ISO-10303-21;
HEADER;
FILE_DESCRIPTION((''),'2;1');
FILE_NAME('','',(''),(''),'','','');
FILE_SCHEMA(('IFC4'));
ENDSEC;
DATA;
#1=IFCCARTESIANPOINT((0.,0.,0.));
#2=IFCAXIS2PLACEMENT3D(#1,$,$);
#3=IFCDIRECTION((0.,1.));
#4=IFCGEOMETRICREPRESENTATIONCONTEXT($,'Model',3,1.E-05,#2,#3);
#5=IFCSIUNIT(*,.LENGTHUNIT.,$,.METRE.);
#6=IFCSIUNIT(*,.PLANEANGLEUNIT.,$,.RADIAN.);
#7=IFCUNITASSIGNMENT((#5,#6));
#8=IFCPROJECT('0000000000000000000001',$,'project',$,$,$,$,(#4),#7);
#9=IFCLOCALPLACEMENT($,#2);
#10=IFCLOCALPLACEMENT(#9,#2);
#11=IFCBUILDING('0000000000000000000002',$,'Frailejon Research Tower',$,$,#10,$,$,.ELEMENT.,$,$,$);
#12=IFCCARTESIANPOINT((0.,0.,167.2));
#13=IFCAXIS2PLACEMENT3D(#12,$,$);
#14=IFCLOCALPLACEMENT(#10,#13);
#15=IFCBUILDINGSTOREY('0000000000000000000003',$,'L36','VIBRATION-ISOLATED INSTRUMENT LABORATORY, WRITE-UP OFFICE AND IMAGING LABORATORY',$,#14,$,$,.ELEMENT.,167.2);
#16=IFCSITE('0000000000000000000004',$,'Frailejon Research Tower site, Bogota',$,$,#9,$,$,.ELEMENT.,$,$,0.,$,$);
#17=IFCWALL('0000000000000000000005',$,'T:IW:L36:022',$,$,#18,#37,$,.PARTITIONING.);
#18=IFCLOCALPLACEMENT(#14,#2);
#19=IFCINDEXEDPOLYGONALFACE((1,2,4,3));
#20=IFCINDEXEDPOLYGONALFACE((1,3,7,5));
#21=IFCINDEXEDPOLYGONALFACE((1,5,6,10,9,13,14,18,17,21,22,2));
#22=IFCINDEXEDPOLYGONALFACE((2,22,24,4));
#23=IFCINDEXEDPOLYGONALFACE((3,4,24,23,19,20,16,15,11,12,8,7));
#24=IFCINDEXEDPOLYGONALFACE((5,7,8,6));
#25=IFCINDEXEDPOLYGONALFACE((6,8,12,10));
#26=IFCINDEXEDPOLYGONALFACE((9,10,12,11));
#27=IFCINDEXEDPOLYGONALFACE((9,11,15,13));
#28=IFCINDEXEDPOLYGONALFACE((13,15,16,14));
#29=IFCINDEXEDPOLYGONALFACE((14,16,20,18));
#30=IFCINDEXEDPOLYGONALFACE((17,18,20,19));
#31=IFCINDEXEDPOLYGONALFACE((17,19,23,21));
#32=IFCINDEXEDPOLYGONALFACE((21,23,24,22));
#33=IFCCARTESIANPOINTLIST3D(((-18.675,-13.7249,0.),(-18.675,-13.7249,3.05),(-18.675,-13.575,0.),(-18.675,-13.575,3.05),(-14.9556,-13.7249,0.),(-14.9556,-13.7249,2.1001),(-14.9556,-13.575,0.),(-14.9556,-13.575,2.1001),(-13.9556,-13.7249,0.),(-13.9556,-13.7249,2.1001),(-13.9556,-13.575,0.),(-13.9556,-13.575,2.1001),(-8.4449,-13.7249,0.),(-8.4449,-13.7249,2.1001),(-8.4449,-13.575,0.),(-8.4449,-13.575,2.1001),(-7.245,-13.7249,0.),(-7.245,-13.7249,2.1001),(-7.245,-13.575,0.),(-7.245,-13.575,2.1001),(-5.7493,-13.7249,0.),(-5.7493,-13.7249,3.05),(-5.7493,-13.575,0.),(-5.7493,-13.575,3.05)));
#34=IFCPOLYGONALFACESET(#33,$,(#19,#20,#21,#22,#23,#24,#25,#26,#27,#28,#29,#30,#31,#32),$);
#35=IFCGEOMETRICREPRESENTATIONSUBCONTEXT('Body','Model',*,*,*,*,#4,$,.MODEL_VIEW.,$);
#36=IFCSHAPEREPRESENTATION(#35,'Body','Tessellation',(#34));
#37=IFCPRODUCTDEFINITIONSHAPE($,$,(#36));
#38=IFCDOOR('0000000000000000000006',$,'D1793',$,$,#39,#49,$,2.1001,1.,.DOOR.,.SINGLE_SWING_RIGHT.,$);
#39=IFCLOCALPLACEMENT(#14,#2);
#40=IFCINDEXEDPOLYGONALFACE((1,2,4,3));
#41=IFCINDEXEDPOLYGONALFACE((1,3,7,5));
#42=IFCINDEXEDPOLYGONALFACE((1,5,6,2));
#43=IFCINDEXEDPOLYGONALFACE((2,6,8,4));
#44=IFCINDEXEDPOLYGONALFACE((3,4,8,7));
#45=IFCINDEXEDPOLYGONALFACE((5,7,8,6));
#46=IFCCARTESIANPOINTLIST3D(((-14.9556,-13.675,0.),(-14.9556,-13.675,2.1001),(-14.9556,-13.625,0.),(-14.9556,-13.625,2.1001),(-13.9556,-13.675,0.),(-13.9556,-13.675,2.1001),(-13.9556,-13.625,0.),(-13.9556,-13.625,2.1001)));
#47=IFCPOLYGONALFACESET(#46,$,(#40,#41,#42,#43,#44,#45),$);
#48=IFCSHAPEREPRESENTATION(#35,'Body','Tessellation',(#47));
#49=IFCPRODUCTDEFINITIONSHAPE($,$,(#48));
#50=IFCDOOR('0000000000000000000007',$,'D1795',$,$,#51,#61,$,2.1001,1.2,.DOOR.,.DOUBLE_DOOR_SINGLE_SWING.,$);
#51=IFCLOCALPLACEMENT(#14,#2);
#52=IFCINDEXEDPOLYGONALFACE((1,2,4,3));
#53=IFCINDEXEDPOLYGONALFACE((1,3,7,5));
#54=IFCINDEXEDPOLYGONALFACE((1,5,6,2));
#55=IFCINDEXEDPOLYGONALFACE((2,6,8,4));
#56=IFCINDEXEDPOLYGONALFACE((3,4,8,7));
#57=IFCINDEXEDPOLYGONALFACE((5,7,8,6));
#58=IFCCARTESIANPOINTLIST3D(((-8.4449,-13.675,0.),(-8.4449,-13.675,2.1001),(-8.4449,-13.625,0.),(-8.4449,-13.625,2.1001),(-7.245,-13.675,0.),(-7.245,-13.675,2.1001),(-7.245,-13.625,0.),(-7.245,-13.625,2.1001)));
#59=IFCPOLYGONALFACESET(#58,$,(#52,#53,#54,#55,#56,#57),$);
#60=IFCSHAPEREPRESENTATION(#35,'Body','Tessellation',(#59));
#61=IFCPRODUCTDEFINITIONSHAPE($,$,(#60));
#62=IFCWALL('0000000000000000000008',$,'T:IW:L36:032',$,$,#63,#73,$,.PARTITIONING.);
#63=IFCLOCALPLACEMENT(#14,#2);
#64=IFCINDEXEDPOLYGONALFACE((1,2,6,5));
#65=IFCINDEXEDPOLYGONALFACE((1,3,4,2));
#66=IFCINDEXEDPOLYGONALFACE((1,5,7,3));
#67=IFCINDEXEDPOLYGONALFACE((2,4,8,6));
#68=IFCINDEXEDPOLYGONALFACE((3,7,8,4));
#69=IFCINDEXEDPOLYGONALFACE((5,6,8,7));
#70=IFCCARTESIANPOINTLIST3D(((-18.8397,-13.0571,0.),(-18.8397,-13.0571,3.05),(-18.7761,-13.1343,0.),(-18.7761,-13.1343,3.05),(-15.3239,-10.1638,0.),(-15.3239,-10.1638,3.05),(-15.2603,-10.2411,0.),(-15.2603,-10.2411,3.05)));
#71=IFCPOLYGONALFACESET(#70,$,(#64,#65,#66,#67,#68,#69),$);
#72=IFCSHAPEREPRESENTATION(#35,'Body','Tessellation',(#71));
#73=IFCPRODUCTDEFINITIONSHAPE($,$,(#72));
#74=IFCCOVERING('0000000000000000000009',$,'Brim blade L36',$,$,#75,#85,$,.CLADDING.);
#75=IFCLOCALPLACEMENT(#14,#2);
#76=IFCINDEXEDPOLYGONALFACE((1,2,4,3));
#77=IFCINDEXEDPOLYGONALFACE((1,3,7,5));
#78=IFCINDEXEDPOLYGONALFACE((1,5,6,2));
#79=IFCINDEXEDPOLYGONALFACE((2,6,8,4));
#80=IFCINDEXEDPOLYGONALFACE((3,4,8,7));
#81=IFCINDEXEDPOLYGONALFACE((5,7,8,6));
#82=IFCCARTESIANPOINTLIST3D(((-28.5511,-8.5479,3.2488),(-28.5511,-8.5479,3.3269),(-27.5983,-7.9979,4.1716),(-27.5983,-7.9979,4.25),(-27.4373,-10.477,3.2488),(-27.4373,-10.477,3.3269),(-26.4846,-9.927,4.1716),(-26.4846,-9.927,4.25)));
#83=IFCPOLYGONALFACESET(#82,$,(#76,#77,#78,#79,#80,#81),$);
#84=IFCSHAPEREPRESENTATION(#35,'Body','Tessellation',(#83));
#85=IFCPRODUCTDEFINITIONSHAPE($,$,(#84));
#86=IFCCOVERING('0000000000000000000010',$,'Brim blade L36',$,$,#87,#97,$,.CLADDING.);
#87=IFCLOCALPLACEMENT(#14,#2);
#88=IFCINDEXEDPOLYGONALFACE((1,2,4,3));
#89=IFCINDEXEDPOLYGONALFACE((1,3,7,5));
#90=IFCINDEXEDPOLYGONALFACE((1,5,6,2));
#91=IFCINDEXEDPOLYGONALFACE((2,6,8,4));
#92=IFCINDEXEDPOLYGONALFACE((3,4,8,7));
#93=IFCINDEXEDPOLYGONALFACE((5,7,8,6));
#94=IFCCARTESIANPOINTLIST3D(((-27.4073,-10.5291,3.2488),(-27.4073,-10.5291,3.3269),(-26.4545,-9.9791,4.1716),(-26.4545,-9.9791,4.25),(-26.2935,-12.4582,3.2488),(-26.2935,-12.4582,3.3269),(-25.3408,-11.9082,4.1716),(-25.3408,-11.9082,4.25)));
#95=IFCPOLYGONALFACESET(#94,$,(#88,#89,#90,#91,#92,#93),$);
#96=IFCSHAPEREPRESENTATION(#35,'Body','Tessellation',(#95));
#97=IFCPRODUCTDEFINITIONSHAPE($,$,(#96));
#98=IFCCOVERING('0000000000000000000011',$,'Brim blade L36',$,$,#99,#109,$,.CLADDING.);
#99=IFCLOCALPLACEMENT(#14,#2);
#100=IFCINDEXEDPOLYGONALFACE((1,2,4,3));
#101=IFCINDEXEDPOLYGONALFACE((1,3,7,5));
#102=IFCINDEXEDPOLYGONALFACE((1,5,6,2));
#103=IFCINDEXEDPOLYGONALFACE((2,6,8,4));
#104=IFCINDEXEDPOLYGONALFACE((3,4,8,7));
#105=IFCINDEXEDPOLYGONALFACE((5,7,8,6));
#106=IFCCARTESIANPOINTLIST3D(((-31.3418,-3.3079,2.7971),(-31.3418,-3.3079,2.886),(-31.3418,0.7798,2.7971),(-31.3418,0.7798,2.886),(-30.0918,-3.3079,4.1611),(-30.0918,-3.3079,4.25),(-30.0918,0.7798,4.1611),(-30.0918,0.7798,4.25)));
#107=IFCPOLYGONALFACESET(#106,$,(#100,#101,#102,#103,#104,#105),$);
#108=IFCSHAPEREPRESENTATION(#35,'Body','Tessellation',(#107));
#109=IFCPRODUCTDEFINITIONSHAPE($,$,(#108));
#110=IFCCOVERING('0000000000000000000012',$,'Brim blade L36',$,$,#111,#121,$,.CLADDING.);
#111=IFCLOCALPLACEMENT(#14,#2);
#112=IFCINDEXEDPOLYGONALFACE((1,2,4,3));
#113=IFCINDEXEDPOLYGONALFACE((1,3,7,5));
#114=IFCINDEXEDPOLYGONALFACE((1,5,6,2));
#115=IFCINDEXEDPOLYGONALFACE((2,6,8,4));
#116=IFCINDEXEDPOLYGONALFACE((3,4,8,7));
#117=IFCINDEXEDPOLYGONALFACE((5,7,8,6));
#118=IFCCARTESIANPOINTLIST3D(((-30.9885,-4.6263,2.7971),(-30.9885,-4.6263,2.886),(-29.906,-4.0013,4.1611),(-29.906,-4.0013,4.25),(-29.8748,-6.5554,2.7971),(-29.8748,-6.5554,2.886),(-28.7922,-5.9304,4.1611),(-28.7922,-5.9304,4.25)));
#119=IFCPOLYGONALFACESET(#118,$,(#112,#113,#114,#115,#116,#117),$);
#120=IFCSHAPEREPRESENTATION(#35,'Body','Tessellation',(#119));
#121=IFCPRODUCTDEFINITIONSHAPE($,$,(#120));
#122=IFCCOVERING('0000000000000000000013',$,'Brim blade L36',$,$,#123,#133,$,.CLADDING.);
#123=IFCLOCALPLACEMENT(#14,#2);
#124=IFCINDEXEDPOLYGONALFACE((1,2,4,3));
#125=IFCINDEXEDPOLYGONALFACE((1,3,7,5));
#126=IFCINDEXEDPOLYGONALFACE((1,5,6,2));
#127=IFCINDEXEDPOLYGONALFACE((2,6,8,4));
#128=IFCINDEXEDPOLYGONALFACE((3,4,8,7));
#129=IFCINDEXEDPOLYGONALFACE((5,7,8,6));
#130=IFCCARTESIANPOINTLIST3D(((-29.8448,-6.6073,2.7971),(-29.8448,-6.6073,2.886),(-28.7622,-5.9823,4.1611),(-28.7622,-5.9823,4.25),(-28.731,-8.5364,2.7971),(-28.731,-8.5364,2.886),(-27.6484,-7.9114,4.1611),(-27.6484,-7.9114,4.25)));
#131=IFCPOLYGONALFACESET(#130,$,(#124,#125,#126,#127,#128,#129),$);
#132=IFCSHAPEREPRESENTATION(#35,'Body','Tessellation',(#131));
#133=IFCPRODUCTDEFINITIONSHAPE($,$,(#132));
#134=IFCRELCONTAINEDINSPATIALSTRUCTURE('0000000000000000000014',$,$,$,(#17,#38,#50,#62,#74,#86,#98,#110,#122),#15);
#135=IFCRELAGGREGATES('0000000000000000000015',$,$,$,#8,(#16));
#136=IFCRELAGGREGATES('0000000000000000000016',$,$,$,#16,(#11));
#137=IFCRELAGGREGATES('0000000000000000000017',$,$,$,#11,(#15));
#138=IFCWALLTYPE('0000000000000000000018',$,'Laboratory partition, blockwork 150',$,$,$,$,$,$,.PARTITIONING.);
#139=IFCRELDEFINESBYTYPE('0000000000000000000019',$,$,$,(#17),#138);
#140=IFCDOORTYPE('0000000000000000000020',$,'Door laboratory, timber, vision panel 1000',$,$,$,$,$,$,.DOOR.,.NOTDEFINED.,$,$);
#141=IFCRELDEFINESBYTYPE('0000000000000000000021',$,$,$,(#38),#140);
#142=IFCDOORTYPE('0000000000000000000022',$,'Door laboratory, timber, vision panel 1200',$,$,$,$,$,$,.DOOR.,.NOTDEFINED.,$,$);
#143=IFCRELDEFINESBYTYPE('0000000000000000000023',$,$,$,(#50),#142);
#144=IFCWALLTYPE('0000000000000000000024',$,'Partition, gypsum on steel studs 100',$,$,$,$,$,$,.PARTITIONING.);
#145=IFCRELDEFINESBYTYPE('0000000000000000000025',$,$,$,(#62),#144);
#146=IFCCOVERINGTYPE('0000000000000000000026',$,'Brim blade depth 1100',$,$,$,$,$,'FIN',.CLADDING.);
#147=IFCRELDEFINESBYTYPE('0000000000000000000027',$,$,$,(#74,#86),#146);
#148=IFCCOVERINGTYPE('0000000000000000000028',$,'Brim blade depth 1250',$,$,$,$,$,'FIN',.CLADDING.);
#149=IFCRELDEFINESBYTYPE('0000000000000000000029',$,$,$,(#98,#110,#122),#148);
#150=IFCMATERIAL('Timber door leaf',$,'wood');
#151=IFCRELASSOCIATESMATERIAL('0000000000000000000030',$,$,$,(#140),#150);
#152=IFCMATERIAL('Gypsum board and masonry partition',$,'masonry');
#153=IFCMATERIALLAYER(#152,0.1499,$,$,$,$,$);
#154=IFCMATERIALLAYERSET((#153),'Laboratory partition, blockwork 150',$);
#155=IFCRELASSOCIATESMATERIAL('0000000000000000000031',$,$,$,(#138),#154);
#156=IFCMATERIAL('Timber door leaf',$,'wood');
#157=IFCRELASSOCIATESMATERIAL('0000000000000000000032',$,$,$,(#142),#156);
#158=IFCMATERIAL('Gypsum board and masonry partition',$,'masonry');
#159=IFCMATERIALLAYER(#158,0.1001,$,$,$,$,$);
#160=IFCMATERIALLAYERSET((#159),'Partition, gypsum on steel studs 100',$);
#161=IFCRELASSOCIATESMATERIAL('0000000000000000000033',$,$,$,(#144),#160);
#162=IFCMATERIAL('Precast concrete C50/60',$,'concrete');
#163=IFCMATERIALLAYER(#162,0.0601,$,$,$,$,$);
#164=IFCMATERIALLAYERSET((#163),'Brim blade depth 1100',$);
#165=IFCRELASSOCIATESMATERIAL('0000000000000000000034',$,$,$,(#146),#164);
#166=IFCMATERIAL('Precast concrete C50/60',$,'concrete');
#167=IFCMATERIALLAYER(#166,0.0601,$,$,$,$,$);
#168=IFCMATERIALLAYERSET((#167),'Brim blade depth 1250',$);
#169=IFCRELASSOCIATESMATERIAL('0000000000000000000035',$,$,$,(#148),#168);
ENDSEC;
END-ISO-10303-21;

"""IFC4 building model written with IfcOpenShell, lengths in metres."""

from ifc_helpers import new_model, si_unit, direction, frame, frame_2d, origin, place, context, subcontext, project, spatial, polyline, rectangle, outline, extrude, material, layer, layer_set, type_object, element, fill, save


model = new_model("IFC4")

# Units and contexts
model_context = context("Model", 3, precision=1e-05, world=origin(), true_north=direction((0.0, 1.0)))
body_context = subcontext(model_context, "Body", "Model", "MODEL_VIEW")
ifc_project = project(units=[si_unit("LENGTHUNIT", "METRE"), si_unit("PLANEANGLEUNIT", "RADIAN")], contexts=[model_context])

# Site, building, storey
site_placement = place(None, origin())
site = spatial("IfcSite", under=ifc_project, at=site_placement, Name="Frailejon Research Tower site, Bogota", CompositionType="ELEMENT", RefElevation=0.0)
building_placement = place(site_placement, origin())
building = spatial("IfcBuilding", under=site, at=building_placement, Name="Frailejon Research Tower", CompositionType="ELEMENT")
storey_placement = place(building_placement, frame((0.0, 0.0, 167.2)))
storey = spatial("IfcBuildingStorey", under=building, at=storey_placement, Name="L36", Description="VIBRATION-ISOLATED INSTRUMENT LABORATORY, WRITE-UP OFFICE AND IMAGING LABORATORY", CompositionType="ELEMENT", Elevation=167.2)

# Shared definitions
ifc_material_1 = material(Name="Timber door leaf", Category="wood")
door_type_1 = type_object("IfcDoorType", Name="Door laboratory, timber, vision panel 1000", OperationType="NOTDEFINED", PredefinedType="DOOR", material=ifc_material_1)

# Wall, openings, doors
ifc_material_2 = material(Name="Gypsum board and masonry partition", Category="masonry")
ifc_layer_1 = layer(ifc_material_2, 0.1499)
ifc_layer_set_1 = layer_set([ifc_layer_1], Name="Laboratory partition, blockwork 150")
wall_type_1 = type_object("IfcWallType", Name="Laboratory partition, blockwork 150", PredefinedType="PARTITIONING", material=ifc_layer_set_1)
wall_1_placement = place(storey_placement, frame((-18.675, -13.6499, 0.0), z_axis=(0.0, 0.0, 1.0), x_axis=(1.0, 0.0, 0.0)))
wall_1 = element("IfcWall", 1, at=wall_1_placement, inside=storey, type_object=wall_type_1, Name="T:IW:L36:022", PredefinedType="PARTITIONING", context=body_context, shape_type="SweptSolid", body=[
    extrude(rectangle(XDim=12.9258, YDim=0.1499, at=frame_2d((6.4629, 0.0))), origin(), (0.0, 0.0, 1.0), 3.05),
])
opening_1_placement = place(wall_1_placement, frame((3.7195, 0.0, 0.0)))
opening_1 = element("IfcOpeningElement", 2, at=opening_1_placement, cuts=wall_1, PredefinedType="OPENING", context=body_context, shape_type="SweptSolid", body=[
    extrude(rectangle(XDim=1.0, YDim=2.1001, at=frame_2d((0.5, 1.05))), frame((0.0, 0.085, 0.0), z_axis=(0.0, -1.0, 0.0), x_axis=(1.0, 0.0, 0.0)), (0.0, 0.0, 1.0), 0.1699),
])
opening_2_placement = place(wall_1_placement, frame((10.23, 0.0, 0.0)))
opening_2 = element("IfcOpeningElement", 3, at=opening_2_placement, cuts=wall_1, PredefinedType="OPENING", context=body_context, shape_type="SweptSolid", body=[
    extrude(rectangle(XDim=1.2, YDim=2.1001, at=frame_2d((0.6001, 1.05))), frame((0.0, 0.085, 0.0), z_axis=(0.0, -1.0, 0.0), x_axis=(1.0, 0.0, 0.0)), (0.0, 0.0, 1.0), 0.1699),
])
door_1_placement = place(opening_1_placement, origin())
door_1 = element("IfcDoor", 4, at=door_1_placement, inside=storey, type_object=door_type_1, Name="D1793", OperationType="SINGLE_SWING_RIGHT", OverallHeight=2.1001, OverallWidth=1.0, PredefinedType="DOOR", context=body_context, shape_type="SweptSolid", body=[
    extrude(rectangle(XDim=1.0, YDim=2.1001, at=frame_2d((0.5, 1.05))), frame((0.0, 0.0249, 0.0), z_axis=(0.0, -1.0, 0.0), x_axis=(1.0, 0.0, 0.0)), (0.0, 0.0, 1.0), 0.05),
])
fill(opening_1, door_1)
ifc_material_3 = material(Name="Timber door leaf", Category="wood")
door_type_2 = type_object("IfcDoorType", Name="Door laboratory, timber, vision panel 1200", OperationType="NOTDEFINED", PredefinedType="DOOR", material=ifc_material_3)
door_2_placement = place(opening_2_placement, origin())
door_2 = element("IfcDoor", 5, at=door_2_placement, inside=storey, type_object=door_type_2, Name="D1795", OperationType="DOUBLE_DOOR_SINGLE_SWING", OverallHeight=2.1001, OverallWidth=1.2, PredefinedType="DOOR", context=body_context, shape_type="SweptSolid", body=[
    extrude(rectangle(XDim=1.2, YDim=2.1001, at=frame_2d((0.6001, 1.05))), frame((0.0, 0.0249, 0.0), z_axis=(0.0, -1.0, 0.0), x_axis=(1.0, 0.0, 0.0)), (0.0, 0.0, 1.0), 0.05),
])
fill(opening_2, door_2)

# Wall
ifc_material_4 = material(Name="Gypsum board and masonry partition", Category="masonry")
ifc_layer_2 = layer(ifc_material_4, 0.1001)
ifc_layer_set_2 = layer_set([ifc_layer_2], Name="Partition, gypsum on steel studs 100")
wall_type_2 = type_object("IfcWallType", Name="Partition, gypsum on steel studs 100", PredefinedType="PARTITIONING", material=ifc_layer_set_2)
wall_2_placement = place(storey_placement, frame((-18.8079, -13.0957, 0.0), z_axis=(0.0, 0.0, 1.0), x_axis=(0.772158, 0.635431, 0.0)))
element("IfcWall", 6, at=wall_2_placement, inside=storey, type_object=wall_type_2, Name="T:IW:L36:032", PredefinedType="PARTITIONING", context=body_context, shape_type="SweptSolid", body=[
    extrude(rectangle(XDim=4.5532, YDim=0.1001, at=frame_2d((2.2766, 0.0))), origin(), (0.0, 0.0, 1.0), 3.05),
])

# Coverings
ifc_material_5 = material(Name="Precast concrete C50/60", Category="concrete")
ifc_layer_3 = layer(ifc_material_5, 0.0601)
ifc_layer_set_3 = layer_set([ifc_layer_3], Name="Brim blade depth 1100")
covering_type_1 = type_object("IfcCoveringType", Name="Brim blade depth 1100", ElementType="FIN", PredefinedType="CLADDING", material=ifc_layer_set_3)
for number, where, z_axis, x_axis, name in (
    (7, (-26.4846, -9.927, 4.25), (-0.499982, 0.866036, 0.0), (-0.866036, -0.499982, 0.0), "Brim blade L36"),
    (8, (-25.3408, -11.9082, 4.25), (-0.499982, 0.866036, 0.0), (-0.866036, -0.499982, 0.0), "Brim blade L36"),
):
    element("IfcCovering", number, at=place(storey_placement, frame(where, z_axis=z_axis, x_axis=x_axis)), inside=storey, type_object=covering_type_1, Name=name, PredefinedType="CLADDING", context=body_context, shape_type="SweptSolid", body=[
        extrude(outline(polyline([(0.0, -0.0784), (1.1001, -1.0012), (1.1001, -0.9231), (0.0, 0.0), (0.0, -0.0784)])), origin(), (0.0, 0.0, 1.0), 2.2275),
    ])
ifc_material_6 = material(Name="Precast concrete C50/60", Category="concrete")
ifc_layer_4 = layer(ifc_material_6, 0.0601)
ifc_layer_set_4 = layer_set([ifc_layer_4], Name="Brim blade depth 1250")
covering_type_2 = type_object("IfcCoveringType", Name="Brim blade depth 1250", ElementType="FIN", PredefinedType="CLADDING", material=ifc_layer_set_4)
covering_placement = place(storey_placement, frame((-30.0918, -3.3079, 4.25), z_axis=(0.0, 1.0, 0.0), x_axis=(-1.0, 0.0, 0.0)))
element("IfcCovering", 9, at=covering_placement, inside=storey, type_object=covering_type_2, Name="Brim blade L36", PredefinedType="CLADDING", context=body_context, shape_type="SweptSolid", body=[
    extrude(outline(polyline([(0.0, -0.0889), (1.25, -1.4529), (1.25, -1.364), (0.0, 0.0), (0.0, -0.0889)])), origin(), (0.0, 0.0, 1.0), 4.0876),
])
for number, where, z_axis, x_axis, name in (
    (10, (-28.7922, -5.9304, 4.25), (-0.500008, 0.866021, 0.0), (-0.866021, -0.500008, 0.0), "Brim blade L36"),
    (11, (-27.6484, -7.9114, 4.25), (-0.500008, 0.866021, 0.0), (-0.866021, -0.500008, 0.0), "Brim blade L36"),
):
    element("IfcCovering", number, at=place(storey_placement, frame(where, z_axis=z_axis, x_axis=x_axis)), inside=storey, type_object=covering_type_2, Name=name, PredefinedType="CLADDING", context=body_context, shape_type="SweptSolid", body=[
        extrude(outline(polyline([(0.0, -0.0889), (1.25, -1.4529), (1.25, -1.364), (0.0, 0.0), (0.0, -0.0889)])), origin(), (0.0, 0.0, 1.0), 2.2275),
    ])

save(model, "model.ifc")
